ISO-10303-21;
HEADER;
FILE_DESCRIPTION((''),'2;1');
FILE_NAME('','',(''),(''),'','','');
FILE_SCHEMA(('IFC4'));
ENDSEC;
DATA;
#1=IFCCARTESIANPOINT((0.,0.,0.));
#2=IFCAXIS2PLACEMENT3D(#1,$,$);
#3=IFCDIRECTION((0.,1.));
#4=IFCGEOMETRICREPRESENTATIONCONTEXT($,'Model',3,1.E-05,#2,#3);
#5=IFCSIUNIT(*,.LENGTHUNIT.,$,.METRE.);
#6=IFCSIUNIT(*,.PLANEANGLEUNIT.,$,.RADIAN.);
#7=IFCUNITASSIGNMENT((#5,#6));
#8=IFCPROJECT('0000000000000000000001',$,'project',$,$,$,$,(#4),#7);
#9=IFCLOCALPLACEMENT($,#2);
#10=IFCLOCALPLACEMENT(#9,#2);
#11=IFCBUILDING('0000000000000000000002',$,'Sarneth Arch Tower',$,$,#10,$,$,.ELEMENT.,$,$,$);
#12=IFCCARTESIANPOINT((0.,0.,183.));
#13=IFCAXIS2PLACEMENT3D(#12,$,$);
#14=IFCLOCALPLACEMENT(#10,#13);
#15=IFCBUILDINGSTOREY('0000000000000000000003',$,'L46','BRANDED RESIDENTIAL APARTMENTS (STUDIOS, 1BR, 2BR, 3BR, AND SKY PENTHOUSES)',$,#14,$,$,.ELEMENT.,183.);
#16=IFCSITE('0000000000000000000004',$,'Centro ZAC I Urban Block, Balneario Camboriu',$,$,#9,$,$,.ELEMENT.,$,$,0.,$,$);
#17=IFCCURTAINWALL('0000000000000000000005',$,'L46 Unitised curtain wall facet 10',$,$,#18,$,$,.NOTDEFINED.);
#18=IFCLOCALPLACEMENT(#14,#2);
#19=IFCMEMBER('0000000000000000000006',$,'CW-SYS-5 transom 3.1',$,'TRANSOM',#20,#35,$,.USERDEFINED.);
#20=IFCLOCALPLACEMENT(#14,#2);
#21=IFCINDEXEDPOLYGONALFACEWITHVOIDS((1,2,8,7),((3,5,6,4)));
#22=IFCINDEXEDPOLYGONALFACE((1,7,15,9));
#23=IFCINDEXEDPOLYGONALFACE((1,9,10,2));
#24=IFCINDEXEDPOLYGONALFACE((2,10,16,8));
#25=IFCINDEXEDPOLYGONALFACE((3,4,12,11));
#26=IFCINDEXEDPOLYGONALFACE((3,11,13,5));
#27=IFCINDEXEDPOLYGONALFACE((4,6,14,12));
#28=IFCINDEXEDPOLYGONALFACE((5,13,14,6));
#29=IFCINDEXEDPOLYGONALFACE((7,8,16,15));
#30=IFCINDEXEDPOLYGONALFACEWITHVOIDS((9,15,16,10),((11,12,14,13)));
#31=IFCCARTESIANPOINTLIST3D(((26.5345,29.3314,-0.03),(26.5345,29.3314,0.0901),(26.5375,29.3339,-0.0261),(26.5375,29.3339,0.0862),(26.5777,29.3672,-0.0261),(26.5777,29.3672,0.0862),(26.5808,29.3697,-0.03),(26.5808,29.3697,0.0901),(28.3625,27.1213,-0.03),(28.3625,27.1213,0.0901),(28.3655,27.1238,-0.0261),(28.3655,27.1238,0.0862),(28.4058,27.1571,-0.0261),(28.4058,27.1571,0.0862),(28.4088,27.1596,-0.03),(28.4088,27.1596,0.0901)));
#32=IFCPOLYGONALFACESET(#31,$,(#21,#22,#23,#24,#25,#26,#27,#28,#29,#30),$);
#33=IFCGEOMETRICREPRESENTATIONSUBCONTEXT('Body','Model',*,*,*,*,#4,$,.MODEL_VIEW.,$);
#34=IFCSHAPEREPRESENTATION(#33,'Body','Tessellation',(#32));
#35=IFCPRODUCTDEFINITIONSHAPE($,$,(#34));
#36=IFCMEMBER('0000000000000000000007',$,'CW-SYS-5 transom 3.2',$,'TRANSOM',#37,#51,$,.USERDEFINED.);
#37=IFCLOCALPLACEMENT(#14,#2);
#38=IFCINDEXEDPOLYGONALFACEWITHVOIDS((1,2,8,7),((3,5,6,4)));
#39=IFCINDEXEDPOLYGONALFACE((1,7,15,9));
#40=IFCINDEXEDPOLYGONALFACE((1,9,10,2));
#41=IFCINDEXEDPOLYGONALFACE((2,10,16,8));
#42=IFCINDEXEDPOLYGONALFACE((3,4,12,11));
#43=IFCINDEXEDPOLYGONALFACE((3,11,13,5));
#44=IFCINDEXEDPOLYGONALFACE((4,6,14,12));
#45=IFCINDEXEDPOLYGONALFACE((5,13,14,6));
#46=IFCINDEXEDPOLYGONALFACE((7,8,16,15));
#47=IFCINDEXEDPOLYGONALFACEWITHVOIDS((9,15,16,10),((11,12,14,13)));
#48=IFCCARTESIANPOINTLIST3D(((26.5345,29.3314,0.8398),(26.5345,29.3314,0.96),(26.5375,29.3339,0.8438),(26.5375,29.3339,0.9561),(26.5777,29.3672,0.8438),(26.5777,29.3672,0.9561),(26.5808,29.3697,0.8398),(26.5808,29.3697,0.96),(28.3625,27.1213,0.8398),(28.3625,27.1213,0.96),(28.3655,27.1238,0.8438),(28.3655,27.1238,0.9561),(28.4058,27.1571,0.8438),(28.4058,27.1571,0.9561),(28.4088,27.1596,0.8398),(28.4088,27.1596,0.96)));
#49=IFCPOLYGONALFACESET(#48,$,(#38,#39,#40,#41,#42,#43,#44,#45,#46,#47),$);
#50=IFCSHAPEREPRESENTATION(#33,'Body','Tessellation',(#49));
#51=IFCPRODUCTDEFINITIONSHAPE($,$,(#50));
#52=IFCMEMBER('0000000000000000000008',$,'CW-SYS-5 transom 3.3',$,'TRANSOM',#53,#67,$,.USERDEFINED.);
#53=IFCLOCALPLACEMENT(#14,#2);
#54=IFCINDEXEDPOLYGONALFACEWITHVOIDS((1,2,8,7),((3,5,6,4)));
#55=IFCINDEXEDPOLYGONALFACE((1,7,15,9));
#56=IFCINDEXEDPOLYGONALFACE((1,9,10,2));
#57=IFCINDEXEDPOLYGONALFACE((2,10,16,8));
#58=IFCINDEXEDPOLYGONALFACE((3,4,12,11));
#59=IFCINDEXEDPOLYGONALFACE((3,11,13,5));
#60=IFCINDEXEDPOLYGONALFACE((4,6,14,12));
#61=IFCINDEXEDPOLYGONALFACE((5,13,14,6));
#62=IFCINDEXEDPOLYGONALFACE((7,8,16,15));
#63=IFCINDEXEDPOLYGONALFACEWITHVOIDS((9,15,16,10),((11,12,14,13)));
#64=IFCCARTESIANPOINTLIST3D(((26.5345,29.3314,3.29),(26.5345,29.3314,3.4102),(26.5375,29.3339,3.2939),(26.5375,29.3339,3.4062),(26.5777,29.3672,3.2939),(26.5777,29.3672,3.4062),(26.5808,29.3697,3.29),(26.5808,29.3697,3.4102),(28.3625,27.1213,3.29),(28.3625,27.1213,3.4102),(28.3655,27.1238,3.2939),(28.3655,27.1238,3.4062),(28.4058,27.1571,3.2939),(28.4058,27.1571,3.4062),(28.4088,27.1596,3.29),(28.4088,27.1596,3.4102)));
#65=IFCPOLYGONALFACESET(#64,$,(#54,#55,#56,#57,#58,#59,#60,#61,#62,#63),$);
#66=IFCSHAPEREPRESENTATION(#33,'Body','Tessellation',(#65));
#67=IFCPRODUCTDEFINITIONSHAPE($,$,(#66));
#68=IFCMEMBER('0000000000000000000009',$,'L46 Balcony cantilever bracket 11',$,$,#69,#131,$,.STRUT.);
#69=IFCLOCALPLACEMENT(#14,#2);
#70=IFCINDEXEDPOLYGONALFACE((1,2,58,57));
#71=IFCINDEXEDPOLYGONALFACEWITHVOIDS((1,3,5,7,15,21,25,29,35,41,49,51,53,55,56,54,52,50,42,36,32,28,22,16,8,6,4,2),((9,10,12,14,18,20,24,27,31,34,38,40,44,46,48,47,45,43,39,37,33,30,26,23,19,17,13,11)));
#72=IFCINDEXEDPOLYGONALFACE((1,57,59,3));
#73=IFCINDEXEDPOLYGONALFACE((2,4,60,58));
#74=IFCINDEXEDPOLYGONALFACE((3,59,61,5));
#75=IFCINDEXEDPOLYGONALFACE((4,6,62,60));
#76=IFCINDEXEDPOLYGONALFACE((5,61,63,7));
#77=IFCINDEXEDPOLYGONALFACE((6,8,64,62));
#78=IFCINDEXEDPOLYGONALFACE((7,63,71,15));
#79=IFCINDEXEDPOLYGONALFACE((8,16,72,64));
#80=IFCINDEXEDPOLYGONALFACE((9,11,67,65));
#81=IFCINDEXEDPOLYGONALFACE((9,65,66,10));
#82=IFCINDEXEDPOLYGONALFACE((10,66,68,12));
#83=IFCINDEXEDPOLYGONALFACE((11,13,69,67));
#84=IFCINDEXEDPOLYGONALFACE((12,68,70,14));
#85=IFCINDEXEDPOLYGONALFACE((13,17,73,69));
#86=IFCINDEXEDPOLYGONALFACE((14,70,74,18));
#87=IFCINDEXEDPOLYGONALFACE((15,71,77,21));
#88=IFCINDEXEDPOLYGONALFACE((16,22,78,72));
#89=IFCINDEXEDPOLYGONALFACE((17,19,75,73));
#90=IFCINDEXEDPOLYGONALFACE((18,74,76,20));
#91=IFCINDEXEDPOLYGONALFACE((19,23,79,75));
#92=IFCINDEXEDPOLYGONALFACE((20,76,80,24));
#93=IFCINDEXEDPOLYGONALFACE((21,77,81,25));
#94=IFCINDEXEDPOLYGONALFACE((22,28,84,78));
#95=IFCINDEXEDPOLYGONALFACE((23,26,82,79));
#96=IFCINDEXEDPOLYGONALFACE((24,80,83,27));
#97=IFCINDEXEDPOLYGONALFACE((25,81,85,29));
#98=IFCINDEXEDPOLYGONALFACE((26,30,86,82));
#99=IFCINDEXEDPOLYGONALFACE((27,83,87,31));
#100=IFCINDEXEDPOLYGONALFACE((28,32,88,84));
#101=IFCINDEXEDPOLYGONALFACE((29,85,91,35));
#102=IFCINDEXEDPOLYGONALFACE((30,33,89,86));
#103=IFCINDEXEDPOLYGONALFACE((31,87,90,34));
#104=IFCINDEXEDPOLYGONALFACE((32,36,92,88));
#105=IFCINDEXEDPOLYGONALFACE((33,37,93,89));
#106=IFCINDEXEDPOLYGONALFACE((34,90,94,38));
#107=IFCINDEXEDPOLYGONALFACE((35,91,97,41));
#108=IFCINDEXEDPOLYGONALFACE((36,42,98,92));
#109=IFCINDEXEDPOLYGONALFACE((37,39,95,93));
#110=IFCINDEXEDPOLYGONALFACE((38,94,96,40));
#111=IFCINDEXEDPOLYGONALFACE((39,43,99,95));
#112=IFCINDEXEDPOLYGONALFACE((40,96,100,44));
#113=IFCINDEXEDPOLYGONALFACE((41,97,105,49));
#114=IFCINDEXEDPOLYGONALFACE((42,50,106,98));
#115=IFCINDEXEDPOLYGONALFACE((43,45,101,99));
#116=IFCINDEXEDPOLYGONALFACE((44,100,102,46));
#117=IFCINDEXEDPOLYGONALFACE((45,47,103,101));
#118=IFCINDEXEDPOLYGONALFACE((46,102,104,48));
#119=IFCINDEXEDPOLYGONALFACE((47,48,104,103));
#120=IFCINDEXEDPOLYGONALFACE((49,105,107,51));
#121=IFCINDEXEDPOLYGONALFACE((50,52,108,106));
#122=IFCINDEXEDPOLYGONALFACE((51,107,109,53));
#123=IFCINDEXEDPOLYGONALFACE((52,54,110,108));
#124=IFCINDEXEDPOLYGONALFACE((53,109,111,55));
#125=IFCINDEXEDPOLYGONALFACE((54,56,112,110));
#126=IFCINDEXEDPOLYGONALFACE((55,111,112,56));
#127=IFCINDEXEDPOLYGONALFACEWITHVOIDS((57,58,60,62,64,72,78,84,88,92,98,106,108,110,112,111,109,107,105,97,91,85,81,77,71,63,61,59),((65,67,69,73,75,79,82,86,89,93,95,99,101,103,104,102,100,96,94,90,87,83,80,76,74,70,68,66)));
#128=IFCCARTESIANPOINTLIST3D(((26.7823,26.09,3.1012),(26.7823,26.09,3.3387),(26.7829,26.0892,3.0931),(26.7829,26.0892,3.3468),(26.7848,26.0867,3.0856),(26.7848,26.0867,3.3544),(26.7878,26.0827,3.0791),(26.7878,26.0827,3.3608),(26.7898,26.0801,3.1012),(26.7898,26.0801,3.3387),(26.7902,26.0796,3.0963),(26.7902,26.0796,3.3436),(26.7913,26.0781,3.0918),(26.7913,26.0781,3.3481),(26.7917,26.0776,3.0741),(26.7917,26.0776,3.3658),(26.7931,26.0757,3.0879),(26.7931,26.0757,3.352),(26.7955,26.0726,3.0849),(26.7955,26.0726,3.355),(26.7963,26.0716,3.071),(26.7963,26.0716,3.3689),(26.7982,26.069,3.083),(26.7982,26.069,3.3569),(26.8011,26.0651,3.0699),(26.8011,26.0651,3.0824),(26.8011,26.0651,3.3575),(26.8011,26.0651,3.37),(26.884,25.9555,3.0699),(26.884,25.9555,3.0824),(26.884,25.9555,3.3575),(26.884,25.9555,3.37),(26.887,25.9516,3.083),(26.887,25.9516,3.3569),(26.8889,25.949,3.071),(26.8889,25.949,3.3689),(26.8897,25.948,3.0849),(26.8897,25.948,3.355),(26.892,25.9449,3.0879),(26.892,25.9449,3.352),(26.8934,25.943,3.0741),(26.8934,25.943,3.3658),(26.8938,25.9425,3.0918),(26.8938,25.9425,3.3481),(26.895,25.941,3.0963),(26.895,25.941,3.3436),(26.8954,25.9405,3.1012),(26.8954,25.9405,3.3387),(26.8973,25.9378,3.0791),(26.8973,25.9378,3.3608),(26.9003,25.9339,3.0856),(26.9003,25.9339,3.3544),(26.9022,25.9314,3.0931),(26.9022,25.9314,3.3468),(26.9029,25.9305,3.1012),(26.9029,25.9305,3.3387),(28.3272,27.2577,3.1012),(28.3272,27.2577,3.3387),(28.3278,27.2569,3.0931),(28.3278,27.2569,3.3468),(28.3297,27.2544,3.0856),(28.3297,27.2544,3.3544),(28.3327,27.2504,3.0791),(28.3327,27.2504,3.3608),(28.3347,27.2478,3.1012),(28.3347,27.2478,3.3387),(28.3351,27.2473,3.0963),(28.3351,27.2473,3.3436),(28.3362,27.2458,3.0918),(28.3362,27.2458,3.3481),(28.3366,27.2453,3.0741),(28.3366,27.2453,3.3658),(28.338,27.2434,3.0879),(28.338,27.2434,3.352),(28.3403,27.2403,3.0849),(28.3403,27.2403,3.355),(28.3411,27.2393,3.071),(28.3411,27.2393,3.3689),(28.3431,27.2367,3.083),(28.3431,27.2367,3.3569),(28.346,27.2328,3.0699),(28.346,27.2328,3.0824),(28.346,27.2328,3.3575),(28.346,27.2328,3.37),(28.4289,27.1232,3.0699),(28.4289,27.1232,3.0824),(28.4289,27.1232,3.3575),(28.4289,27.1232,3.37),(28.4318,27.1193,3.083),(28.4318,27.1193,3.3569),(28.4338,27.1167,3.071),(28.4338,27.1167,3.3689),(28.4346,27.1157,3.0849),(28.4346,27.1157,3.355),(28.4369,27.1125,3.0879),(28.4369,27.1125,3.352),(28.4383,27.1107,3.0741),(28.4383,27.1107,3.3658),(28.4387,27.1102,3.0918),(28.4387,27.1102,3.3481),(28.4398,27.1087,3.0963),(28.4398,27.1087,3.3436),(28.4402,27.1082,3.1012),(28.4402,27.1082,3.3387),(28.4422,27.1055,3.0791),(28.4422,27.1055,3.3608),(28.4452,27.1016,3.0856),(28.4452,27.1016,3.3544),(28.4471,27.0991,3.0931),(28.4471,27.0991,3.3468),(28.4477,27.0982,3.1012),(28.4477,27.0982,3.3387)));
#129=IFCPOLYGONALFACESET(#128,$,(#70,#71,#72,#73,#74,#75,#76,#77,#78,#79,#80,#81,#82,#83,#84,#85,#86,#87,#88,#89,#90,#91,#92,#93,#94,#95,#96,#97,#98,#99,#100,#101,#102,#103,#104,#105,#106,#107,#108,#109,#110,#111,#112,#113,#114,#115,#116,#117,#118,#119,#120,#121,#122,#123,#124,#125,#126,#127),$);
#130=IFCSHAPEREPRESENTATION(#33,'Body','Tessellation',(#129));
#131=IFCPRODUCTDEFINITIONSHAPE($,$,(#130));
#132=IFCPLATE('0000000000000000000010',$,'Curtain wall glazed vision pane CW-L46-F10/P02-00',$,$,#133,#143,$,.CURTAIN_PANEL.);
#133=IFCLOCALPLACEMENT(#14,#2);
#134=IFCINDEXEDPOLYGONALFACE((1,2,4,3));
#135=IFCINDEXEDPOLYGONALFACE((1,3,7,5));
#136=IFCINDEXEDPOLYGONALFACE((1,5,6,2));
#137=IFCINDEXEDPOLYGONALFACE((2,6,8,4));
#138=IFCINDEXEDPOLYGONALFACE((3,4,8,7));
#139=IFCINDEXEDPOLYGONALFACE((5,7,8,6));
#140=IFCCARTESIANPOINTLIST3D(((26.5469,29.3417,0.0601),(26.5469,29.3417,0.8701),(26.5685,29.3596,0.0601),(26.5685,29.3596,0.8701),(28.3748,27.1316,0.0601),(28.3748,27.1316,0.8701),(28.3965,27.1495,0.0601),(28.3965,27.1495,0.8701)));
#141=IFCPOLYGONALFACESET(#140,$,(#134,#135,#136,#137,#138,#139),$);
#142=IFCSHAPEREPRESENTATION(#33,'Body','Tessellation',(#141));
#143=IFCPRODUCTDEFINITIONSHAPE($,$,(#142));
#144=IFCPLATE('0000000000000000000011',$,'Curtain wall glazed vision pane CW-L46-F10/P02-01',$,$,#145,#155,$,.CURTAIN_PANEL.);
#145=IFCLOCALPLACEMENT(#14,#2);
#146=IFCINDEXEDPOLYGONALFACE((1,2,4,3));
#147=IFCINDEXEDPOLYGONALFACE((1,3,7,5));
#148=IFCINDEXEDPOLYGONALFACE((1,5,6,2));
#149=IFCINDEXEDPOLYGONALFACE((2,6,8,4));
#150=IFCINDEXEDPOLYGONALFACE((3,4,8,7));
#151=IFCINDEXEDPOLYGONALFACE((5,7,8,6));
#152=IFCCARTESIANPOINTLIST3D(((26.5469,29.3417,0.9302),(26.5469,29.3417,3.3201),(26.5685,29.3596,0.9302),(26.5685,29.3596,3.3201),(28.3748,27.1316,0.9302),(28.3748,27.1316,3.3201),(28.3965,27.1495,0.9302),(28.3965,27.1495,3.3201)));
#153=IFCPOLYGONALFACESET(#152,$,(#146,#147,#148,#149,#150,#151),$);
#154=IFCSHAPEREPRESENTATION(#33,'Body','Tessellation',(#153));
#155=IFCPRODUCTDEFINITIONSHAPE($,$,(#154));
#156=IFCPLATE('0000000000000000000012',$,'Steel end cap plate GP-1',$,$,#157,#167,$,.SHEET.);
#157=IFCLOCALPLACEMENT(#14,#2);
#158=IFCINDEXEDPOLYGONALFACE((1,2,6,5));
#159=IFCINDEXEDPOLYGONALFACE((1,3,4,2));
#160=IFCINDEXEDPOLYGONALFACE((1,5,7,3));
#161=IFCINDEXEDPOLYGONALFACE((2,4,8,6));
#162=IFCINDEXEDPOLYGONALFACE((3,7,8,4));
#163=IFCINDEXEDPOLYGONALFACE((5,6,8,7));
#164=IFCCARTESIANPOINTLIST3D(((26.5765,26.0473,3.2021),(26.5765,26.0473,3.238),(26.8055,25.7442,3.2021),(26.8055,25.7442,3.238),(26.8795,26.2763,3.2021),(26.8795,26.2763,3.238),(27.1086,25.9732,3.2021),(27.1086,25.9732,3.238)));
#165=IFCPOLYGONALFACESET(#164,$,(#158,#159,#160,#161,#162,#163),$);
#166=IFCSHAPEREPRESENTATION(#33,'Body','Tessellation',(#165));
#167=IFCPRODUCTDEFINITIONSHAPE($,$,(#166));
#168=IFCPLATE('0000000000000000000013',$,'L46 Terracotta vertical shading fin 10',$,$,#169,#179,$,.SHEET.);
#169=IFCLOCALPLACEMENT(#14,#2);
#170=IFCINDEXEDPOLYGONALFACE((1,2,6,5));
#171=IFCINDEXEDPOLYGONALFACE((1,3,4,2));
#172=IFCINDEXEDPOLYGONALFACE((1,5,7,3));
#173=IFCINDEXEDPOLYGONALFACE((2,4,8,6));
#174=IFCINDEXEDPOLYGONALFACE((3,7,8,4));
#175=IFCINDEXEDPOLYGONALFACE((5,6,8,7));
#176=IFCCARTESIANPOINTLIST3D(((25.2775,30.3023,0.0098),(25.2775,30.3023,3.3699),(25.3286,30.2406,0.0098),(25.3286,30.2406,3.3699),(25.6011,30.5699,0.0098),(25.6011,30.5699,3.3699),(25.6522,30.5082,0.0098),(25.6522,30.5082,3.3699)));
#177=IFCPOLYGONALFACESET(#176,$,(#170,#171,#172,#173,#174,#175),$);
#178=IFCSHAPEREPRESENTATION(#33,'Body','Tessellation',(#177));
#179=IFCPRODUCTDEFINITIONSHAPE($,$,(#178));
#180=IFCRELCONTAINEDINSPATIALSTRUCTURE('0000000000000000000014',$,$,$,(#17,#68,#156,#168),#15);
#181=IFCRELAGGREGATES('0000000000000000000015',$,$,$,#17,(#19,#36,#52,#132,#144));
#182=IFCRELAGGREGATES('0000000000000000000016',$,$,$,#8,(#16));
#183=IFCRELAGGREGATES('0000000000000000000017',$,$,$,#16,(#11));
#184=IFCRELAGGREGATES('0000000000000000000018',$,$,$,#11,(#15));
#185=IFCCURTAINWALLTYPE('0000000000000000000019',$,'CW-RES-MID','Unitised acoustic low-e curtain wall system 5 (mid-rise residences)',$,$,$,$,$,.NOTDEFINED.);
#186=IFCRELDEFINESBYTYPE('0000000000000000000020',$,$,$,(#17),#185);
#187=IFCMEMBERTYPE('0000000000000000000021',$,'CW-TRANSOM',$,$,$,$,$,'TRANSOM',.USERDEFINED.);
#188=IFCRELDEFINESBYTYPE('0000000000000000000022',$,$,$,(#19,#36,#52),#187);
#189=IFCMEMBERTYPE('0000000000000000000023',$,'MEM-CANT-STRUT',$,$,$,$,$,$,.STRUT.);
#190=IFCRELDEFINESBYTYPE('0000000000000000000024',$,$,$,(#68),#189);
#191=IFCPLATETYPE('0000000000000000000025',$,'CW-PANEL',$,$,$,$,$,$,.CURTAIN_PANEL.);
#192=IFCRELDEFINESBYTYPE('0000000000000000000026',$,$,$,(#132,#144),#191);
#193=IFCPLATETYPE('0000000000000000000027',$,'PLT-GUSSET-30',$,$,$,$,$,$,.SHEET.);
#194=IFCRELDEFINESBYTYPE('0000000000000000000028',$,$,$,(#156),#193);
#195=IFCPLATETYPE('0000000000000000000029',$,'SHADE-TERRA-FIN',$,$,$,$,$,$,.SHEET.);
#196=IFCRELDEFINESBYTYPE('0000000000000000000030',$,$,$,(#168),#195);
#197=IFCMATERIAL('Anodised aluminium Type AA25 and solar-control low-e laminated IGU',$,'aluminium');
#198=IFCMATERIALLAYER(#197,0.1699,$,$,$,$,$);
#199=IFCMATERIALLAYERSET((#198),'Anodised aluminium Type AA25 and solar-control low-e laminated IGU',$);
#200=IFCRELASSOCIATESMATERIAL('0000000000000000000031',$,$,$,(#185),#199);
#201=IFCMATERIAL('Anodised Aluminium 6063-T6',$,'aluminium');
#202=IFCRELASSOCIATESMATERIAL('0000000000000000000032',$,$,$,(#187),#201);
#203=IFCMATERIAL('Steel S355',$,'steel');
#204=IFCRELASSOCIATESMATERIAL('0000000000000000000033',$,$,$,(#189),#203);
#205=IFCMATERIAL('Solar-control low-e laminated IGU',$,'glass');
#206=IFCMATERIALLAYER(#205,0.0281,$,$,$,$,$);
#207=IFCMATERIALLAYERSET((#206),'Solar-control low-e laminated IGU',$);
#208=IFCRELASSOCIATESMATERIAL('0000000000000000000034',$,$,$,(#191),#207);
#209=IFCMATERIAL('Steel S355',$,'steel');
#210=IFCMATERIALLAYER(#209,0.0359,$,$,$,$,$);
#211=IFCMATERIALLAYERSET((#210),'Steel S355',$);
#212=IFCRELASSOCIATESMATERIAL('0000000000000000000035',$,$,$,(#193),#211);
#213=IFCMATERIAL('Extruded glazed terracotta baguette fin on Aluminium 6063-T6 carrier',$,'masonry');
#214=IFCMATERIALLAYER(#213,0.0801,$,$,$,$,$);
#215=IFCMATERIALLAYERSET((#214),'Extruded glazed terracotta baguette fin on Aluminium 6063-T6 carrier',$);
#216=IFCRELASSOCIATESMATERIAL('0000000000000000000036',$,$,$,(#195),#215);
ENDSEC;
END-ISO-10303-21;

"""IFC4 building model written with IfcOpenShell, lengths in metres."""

from ifc_helpers import new_model, si_unit, direction, frame, origin, origin_2d, place, context, subcontext, project, spatial, rectangle, hollow_rectangle, extrude, material, layer, layer_set, material_profile, profile_set, type_object, element, aggregate, save


model = new_model("IFC4")

# Units and contexts
model_context = context("Model", 3, precision=1e-05, world=origin(), true_north=direction((0.0, 1.0)))
body_context = subcontext(model_context, "Body", "Model", "MODEL_VIEW")
ifc_project = project(units=[si_unit("LENGTHUNIT", "METRE"), si_unit("PLANEANGLEUNIT", "RADIAN")], contexts=[model_context])

# Site, building, storey
site_placement = place(None, origin())
site = spatial("IfcSite", under=ifc_project, at=site_placement, Name="Centro ZAC I Urban Block, Balneario Camboriu", CompositionType="ELEMENT", RefElevation=0.0)
building_placement = place(site_placement, origin())
building = spatial("IfcBuilding", under=site, at=building_placement, Name="Sarneth Arch Tower", CompositionType="ELEMENT")
storey_placement = place(building_placement, frame((0.0, 0.0, 183.0)))
storey = spatial("IfcBuildingStorey", under=building, at=storey_placement, Name="L46", Description="BRANDED RESIDENTIAL APARTMENTS (STUDIOS, 1BR, 2BR, 3BR, AND SKY PENTHOUSES)", CompositionType="ELEMENT", Elevation=183.0)

# Curtain wall, members
ifc_material_1 = material(Name="Anodised aluminium Type AA25 and solar-control low-e laminated IGU", Category="aluminium")
ifc_layer_1 = layer(ifc_material_1, 0.1699)
ifc_layer_set_1 = layer_set([ifc_layer_1], Name="Anodised aluminium Type AA25 and solar-control low-e laminated IGU")
curtain_wall_type = type_object("IfcCurtainWallType", Name="CW-RES-MID", Description="Unitised acoustic low-e curtain wall system 5 (mid-rise residences)", PredefinedType="NOTDEFINED", material=ifc_layer_set_1)
curtain_wall_placement = place(storey_placement, origin())
curtain_wall = element("IfcCurtainWall", 1, at=curtain_wall_placement, inside=storey, type_object=curtain_wall_type, Name="L46 Unitised curtain wall facet 10", PredefinedType="NOTDEFINED")
ifc_material_2 = material(Name="Anodised Aluminium 6063-T6", Category="aluminium")
ifc_material_profile_1 = material_profile(ifc_material_2, hollow_rectangle(XDim=0.0601, YDim=0.1201, WallThickness=0.0039, at=origin_2d()), Name="AL-TRAN-120x60x4")
ifc_profile_set_1 = profile_set([ifc_material_profile_1], Name="Anodised Aluminium 6063-T6")
member_type_1 = type_object("IfcMemberType", Name="CW-TRANSOM", ElementType="TRANSOM", PredefinedType="USERDEFINED", material=ifc_profile_set_1)
member_1_placement = place(storey_placement, frame((26.5576, 29.3506, 0.03), z_axis=(0.637359, -0.770567, 0.0), x_axis=(0.770567, 0.637359, 0.0)))
member_1 = element("IfcMember", 2, at=member_1_placement, type_object=member_type_1, Name="CW-SYS-5 transom 3.1", ObjectType="TRANSOM", PredefinedType="USERDEFINED", context=body_context, shape_type="SweptSolid", body=[
    extrude(hollow_rectangle(XDim=0.0601, YDim=0.1201, WallThickness=0.0039, at=origin_2d()), origin(), (0.0, 0.0, 1.0), 2.8682),
])
member_2_placement = place(storey_placement, frame((26.5576, 29.3506, 0.8999), z_axis=(0.637359, -0.770567, 0.0), x_axis=(0.770567, 0.637359, 0.0)))
member_2 = element("IfcMember", 3, at=member_2_placement, type_object=member_type_1, Name="CW-SYS-5 transom 3.2", ObjectType="TRANSOM", PredefinedType="USERDEFINED", context=body_context, shape_type="SweptSolid", body=[
    extrude(hollow_rectangle(XDim=0.0601, YDim=0.1201, WallThickness=0.0039, at=origin_2d()), origin(), (0.0, 0.0, 1.0), 2.8682),
])
member_3_placement = place(storey_placement, frame((26.5576, 29.3506, 3.3501), z_axis=(0.637359, -0.770567, 0.0), x_axis=(0.770567, 0.637359, 0.0)))
member_3 = element("IfcMember", 4, at=member_3_placement, type_object=member_type_1, Name="CW-SYS-5 transom 3.3", ObjectType="TRANSOM", PredefinedType="USERDEFINED", context=body_context, shape_type="SweptSolid", body=[
    extrude(hollow_rectangle(XDim=0.0601, YDim=0.1201, WallThickness=0.0039, at=origin_2d()), origin(), (0.0, 0.0, 1.0), 2.8682),
])

# Member
ifc_material_3 = material(Name="Steel S355", Category="steel")
ifc_material_profile_2 = material_profile(ifc_material_3, hollow_rectangle(XDim=0.2, YDim=0.3, WallThickness=0.0125, InnerFilletRadius=0.0188, OuterFilletRadius=0.0312, at=origin_2d()), Name="RHS300x200x12.5")
ifc_profile_set_2 = profile_set([ifc_material_profile_2], Name="Steel S355")
member_type_2 = type_object("IfcMemberType", Name="MEM-CANT-STRUT", PredefinedType="STRUT", material=ifc_profile_set_2)
member_4_placement = place(storey_placement, frame((28.3875, 27.178, 3.22), z_axis=(-0.797755, -0.602981, 0.0), x_axis=(0.602981, -0.797755, 0.0)))
element("IfcMember", 5, at=member_4_placement, inside=storey, type_object=member_type_2, Name="L46 Balcony cantilever bracket 11", PredefinedType="STRUT", context=body_context, shape_type="SweptSolid", body=[
    extrude(hollow_rectangle(XDim=0.2, YDim=0.3, WallThickness=0.0125, InnerFilletRadius=0.0188, OuterFilletRadius=0.0312, at=origin_2d()), origin(), (0.0, 0.0, 1.0), 1.9365),
])

# Plates
ifc_material_4 = material(Name="Solar-control low-e laminated IGU", Category="glass")
ifc_layer_2 = layer(ifc_material_4, 0.0281)
ifc_layer_set_2 = layer_set([ifc_layer_2], Name="Solar-control low-e laminated IGU")
plate_type_1 = type_object("IfcPlateType", Name="CW-PANEL", PredefinedType="CURTAIN_PANEL", material=ifc_layer_set_2)
plate_1_placement = place(storey_placement, frame((27.4717, 28.2456, 0.0601), z_axis=(0.0, 0.0, 1.0), x_axis=(0.63733, -0.770591, 0.0)))
plate_1 = element("IfcPlate", 6, at=plate_1_placement, type_object=plate_type_1, Name="Curtain wall glazed vision pane CW-L46-F10/P02-00", PredefinedType="CURTAIN_PANEL", context=body_context, shape_type="SweptSolid", body=[
    extrude(rectangle(XDim=2.8682, YDim=0.0281, at=origin_2d()), origin(), (0.0, 0.0, 1.0), 0.8101),
])
plate_2_placement = place(storey_placement, frame((27.4717, 28.2456, 0.9302), z_axis=(0.0, 0.0, 1.0), x_axis=(0.63733, -0.770591, 0.0)))
plate_2 = element("IfcPlate", 7, at=plate_2_placement, type_object=plate_type_1, Name="Curtain wall glazed vision pane CW-L46-F10/P02-01", PredefinedType="CURTAIN_PANEL", context=body_context, shape_type="SweptSolid", body=[
    extrude(rectangle(XDim=2.8682, YDim=0.0281, at=origin_2d()), origin(), (0.0, 0.0, 1.0), 2.3899),
])
aggregate(curtain_wall, [member_1, member_2, member_3, plate_1, plate_2])

# Plates
ifc_material_5 = material(Name="Steel S355", Category="steel")
ifc_layer_3 = layer(ifc_material_5, 0.0359)
ifc_layer_set_3 = layer_set([ifc_layer_3], Name="Steel S355")
plate_type_2 = type_object("IfcPlateType", Name="PLT-GUSSET-30", PredefinedType="SHEET", material=ifc_layer_set_3)
plate_3_placement = place(storey_placement, frame((26.8425, 26.0103, 3.2021), z_axis=(0.0, 0.0, 1.0), x_axis=(-0.797794, -0.60293, 0.0)))
element("IfcPlate", 8, at=plate_3_placement, inside=storey, type_object=plate_type_2, Name="Steel end cap plate GP-1", PredefinedType="SHEET", context=body_context, shape_type="SweptSolid", body=[
    extrude(rectangle(XDim=0.3799, YDim=0.3799, at=origin_2d()), origin(), (0.0, 0.0, 1.0), 0.0359),
])
ifc_material_6 = material(Name="Extruded glazed terracotta baguette fin on Aluminium 6063-T6 carrier", Category="masonry")
ifc_layer_4 = layer(ifc_material_6, 0.0801)
ifc_layer_set_4 = layer_set([ifc_layer_4], Name="Extruded glazed terracotta baguette fin on Aluminium 6063-T6 carrier")
plate_type_3 = type_object("IfcPlateType", Name="SHADE-TERRA-FIN", PredefinedType="SHEET", material=ifc_layer_set_4)
plate_4_placement = place(storey_placement, frame((25.4648, 30.4053, 0.0098), z_axis=(0.0, 0.0, 1.0), x_axis=(-0.770624, -0.63729, 0.0)))
element("IfcPlate", 9, at=plate_4_placement, inside=storey, type_object=plate_type_3, Name="L46 Terracotta vertical shading fin 10", PredefinedType="SHEET", context=body_context, shape_type="SweptSolid", body=[
    extrude(rectangle(XDim=0.4199, YDim=0.0801, at=origin_2d()), origin(), (0.0, 0.0, 1.0), 3.3601),
])

save(model, "model.ifc")
